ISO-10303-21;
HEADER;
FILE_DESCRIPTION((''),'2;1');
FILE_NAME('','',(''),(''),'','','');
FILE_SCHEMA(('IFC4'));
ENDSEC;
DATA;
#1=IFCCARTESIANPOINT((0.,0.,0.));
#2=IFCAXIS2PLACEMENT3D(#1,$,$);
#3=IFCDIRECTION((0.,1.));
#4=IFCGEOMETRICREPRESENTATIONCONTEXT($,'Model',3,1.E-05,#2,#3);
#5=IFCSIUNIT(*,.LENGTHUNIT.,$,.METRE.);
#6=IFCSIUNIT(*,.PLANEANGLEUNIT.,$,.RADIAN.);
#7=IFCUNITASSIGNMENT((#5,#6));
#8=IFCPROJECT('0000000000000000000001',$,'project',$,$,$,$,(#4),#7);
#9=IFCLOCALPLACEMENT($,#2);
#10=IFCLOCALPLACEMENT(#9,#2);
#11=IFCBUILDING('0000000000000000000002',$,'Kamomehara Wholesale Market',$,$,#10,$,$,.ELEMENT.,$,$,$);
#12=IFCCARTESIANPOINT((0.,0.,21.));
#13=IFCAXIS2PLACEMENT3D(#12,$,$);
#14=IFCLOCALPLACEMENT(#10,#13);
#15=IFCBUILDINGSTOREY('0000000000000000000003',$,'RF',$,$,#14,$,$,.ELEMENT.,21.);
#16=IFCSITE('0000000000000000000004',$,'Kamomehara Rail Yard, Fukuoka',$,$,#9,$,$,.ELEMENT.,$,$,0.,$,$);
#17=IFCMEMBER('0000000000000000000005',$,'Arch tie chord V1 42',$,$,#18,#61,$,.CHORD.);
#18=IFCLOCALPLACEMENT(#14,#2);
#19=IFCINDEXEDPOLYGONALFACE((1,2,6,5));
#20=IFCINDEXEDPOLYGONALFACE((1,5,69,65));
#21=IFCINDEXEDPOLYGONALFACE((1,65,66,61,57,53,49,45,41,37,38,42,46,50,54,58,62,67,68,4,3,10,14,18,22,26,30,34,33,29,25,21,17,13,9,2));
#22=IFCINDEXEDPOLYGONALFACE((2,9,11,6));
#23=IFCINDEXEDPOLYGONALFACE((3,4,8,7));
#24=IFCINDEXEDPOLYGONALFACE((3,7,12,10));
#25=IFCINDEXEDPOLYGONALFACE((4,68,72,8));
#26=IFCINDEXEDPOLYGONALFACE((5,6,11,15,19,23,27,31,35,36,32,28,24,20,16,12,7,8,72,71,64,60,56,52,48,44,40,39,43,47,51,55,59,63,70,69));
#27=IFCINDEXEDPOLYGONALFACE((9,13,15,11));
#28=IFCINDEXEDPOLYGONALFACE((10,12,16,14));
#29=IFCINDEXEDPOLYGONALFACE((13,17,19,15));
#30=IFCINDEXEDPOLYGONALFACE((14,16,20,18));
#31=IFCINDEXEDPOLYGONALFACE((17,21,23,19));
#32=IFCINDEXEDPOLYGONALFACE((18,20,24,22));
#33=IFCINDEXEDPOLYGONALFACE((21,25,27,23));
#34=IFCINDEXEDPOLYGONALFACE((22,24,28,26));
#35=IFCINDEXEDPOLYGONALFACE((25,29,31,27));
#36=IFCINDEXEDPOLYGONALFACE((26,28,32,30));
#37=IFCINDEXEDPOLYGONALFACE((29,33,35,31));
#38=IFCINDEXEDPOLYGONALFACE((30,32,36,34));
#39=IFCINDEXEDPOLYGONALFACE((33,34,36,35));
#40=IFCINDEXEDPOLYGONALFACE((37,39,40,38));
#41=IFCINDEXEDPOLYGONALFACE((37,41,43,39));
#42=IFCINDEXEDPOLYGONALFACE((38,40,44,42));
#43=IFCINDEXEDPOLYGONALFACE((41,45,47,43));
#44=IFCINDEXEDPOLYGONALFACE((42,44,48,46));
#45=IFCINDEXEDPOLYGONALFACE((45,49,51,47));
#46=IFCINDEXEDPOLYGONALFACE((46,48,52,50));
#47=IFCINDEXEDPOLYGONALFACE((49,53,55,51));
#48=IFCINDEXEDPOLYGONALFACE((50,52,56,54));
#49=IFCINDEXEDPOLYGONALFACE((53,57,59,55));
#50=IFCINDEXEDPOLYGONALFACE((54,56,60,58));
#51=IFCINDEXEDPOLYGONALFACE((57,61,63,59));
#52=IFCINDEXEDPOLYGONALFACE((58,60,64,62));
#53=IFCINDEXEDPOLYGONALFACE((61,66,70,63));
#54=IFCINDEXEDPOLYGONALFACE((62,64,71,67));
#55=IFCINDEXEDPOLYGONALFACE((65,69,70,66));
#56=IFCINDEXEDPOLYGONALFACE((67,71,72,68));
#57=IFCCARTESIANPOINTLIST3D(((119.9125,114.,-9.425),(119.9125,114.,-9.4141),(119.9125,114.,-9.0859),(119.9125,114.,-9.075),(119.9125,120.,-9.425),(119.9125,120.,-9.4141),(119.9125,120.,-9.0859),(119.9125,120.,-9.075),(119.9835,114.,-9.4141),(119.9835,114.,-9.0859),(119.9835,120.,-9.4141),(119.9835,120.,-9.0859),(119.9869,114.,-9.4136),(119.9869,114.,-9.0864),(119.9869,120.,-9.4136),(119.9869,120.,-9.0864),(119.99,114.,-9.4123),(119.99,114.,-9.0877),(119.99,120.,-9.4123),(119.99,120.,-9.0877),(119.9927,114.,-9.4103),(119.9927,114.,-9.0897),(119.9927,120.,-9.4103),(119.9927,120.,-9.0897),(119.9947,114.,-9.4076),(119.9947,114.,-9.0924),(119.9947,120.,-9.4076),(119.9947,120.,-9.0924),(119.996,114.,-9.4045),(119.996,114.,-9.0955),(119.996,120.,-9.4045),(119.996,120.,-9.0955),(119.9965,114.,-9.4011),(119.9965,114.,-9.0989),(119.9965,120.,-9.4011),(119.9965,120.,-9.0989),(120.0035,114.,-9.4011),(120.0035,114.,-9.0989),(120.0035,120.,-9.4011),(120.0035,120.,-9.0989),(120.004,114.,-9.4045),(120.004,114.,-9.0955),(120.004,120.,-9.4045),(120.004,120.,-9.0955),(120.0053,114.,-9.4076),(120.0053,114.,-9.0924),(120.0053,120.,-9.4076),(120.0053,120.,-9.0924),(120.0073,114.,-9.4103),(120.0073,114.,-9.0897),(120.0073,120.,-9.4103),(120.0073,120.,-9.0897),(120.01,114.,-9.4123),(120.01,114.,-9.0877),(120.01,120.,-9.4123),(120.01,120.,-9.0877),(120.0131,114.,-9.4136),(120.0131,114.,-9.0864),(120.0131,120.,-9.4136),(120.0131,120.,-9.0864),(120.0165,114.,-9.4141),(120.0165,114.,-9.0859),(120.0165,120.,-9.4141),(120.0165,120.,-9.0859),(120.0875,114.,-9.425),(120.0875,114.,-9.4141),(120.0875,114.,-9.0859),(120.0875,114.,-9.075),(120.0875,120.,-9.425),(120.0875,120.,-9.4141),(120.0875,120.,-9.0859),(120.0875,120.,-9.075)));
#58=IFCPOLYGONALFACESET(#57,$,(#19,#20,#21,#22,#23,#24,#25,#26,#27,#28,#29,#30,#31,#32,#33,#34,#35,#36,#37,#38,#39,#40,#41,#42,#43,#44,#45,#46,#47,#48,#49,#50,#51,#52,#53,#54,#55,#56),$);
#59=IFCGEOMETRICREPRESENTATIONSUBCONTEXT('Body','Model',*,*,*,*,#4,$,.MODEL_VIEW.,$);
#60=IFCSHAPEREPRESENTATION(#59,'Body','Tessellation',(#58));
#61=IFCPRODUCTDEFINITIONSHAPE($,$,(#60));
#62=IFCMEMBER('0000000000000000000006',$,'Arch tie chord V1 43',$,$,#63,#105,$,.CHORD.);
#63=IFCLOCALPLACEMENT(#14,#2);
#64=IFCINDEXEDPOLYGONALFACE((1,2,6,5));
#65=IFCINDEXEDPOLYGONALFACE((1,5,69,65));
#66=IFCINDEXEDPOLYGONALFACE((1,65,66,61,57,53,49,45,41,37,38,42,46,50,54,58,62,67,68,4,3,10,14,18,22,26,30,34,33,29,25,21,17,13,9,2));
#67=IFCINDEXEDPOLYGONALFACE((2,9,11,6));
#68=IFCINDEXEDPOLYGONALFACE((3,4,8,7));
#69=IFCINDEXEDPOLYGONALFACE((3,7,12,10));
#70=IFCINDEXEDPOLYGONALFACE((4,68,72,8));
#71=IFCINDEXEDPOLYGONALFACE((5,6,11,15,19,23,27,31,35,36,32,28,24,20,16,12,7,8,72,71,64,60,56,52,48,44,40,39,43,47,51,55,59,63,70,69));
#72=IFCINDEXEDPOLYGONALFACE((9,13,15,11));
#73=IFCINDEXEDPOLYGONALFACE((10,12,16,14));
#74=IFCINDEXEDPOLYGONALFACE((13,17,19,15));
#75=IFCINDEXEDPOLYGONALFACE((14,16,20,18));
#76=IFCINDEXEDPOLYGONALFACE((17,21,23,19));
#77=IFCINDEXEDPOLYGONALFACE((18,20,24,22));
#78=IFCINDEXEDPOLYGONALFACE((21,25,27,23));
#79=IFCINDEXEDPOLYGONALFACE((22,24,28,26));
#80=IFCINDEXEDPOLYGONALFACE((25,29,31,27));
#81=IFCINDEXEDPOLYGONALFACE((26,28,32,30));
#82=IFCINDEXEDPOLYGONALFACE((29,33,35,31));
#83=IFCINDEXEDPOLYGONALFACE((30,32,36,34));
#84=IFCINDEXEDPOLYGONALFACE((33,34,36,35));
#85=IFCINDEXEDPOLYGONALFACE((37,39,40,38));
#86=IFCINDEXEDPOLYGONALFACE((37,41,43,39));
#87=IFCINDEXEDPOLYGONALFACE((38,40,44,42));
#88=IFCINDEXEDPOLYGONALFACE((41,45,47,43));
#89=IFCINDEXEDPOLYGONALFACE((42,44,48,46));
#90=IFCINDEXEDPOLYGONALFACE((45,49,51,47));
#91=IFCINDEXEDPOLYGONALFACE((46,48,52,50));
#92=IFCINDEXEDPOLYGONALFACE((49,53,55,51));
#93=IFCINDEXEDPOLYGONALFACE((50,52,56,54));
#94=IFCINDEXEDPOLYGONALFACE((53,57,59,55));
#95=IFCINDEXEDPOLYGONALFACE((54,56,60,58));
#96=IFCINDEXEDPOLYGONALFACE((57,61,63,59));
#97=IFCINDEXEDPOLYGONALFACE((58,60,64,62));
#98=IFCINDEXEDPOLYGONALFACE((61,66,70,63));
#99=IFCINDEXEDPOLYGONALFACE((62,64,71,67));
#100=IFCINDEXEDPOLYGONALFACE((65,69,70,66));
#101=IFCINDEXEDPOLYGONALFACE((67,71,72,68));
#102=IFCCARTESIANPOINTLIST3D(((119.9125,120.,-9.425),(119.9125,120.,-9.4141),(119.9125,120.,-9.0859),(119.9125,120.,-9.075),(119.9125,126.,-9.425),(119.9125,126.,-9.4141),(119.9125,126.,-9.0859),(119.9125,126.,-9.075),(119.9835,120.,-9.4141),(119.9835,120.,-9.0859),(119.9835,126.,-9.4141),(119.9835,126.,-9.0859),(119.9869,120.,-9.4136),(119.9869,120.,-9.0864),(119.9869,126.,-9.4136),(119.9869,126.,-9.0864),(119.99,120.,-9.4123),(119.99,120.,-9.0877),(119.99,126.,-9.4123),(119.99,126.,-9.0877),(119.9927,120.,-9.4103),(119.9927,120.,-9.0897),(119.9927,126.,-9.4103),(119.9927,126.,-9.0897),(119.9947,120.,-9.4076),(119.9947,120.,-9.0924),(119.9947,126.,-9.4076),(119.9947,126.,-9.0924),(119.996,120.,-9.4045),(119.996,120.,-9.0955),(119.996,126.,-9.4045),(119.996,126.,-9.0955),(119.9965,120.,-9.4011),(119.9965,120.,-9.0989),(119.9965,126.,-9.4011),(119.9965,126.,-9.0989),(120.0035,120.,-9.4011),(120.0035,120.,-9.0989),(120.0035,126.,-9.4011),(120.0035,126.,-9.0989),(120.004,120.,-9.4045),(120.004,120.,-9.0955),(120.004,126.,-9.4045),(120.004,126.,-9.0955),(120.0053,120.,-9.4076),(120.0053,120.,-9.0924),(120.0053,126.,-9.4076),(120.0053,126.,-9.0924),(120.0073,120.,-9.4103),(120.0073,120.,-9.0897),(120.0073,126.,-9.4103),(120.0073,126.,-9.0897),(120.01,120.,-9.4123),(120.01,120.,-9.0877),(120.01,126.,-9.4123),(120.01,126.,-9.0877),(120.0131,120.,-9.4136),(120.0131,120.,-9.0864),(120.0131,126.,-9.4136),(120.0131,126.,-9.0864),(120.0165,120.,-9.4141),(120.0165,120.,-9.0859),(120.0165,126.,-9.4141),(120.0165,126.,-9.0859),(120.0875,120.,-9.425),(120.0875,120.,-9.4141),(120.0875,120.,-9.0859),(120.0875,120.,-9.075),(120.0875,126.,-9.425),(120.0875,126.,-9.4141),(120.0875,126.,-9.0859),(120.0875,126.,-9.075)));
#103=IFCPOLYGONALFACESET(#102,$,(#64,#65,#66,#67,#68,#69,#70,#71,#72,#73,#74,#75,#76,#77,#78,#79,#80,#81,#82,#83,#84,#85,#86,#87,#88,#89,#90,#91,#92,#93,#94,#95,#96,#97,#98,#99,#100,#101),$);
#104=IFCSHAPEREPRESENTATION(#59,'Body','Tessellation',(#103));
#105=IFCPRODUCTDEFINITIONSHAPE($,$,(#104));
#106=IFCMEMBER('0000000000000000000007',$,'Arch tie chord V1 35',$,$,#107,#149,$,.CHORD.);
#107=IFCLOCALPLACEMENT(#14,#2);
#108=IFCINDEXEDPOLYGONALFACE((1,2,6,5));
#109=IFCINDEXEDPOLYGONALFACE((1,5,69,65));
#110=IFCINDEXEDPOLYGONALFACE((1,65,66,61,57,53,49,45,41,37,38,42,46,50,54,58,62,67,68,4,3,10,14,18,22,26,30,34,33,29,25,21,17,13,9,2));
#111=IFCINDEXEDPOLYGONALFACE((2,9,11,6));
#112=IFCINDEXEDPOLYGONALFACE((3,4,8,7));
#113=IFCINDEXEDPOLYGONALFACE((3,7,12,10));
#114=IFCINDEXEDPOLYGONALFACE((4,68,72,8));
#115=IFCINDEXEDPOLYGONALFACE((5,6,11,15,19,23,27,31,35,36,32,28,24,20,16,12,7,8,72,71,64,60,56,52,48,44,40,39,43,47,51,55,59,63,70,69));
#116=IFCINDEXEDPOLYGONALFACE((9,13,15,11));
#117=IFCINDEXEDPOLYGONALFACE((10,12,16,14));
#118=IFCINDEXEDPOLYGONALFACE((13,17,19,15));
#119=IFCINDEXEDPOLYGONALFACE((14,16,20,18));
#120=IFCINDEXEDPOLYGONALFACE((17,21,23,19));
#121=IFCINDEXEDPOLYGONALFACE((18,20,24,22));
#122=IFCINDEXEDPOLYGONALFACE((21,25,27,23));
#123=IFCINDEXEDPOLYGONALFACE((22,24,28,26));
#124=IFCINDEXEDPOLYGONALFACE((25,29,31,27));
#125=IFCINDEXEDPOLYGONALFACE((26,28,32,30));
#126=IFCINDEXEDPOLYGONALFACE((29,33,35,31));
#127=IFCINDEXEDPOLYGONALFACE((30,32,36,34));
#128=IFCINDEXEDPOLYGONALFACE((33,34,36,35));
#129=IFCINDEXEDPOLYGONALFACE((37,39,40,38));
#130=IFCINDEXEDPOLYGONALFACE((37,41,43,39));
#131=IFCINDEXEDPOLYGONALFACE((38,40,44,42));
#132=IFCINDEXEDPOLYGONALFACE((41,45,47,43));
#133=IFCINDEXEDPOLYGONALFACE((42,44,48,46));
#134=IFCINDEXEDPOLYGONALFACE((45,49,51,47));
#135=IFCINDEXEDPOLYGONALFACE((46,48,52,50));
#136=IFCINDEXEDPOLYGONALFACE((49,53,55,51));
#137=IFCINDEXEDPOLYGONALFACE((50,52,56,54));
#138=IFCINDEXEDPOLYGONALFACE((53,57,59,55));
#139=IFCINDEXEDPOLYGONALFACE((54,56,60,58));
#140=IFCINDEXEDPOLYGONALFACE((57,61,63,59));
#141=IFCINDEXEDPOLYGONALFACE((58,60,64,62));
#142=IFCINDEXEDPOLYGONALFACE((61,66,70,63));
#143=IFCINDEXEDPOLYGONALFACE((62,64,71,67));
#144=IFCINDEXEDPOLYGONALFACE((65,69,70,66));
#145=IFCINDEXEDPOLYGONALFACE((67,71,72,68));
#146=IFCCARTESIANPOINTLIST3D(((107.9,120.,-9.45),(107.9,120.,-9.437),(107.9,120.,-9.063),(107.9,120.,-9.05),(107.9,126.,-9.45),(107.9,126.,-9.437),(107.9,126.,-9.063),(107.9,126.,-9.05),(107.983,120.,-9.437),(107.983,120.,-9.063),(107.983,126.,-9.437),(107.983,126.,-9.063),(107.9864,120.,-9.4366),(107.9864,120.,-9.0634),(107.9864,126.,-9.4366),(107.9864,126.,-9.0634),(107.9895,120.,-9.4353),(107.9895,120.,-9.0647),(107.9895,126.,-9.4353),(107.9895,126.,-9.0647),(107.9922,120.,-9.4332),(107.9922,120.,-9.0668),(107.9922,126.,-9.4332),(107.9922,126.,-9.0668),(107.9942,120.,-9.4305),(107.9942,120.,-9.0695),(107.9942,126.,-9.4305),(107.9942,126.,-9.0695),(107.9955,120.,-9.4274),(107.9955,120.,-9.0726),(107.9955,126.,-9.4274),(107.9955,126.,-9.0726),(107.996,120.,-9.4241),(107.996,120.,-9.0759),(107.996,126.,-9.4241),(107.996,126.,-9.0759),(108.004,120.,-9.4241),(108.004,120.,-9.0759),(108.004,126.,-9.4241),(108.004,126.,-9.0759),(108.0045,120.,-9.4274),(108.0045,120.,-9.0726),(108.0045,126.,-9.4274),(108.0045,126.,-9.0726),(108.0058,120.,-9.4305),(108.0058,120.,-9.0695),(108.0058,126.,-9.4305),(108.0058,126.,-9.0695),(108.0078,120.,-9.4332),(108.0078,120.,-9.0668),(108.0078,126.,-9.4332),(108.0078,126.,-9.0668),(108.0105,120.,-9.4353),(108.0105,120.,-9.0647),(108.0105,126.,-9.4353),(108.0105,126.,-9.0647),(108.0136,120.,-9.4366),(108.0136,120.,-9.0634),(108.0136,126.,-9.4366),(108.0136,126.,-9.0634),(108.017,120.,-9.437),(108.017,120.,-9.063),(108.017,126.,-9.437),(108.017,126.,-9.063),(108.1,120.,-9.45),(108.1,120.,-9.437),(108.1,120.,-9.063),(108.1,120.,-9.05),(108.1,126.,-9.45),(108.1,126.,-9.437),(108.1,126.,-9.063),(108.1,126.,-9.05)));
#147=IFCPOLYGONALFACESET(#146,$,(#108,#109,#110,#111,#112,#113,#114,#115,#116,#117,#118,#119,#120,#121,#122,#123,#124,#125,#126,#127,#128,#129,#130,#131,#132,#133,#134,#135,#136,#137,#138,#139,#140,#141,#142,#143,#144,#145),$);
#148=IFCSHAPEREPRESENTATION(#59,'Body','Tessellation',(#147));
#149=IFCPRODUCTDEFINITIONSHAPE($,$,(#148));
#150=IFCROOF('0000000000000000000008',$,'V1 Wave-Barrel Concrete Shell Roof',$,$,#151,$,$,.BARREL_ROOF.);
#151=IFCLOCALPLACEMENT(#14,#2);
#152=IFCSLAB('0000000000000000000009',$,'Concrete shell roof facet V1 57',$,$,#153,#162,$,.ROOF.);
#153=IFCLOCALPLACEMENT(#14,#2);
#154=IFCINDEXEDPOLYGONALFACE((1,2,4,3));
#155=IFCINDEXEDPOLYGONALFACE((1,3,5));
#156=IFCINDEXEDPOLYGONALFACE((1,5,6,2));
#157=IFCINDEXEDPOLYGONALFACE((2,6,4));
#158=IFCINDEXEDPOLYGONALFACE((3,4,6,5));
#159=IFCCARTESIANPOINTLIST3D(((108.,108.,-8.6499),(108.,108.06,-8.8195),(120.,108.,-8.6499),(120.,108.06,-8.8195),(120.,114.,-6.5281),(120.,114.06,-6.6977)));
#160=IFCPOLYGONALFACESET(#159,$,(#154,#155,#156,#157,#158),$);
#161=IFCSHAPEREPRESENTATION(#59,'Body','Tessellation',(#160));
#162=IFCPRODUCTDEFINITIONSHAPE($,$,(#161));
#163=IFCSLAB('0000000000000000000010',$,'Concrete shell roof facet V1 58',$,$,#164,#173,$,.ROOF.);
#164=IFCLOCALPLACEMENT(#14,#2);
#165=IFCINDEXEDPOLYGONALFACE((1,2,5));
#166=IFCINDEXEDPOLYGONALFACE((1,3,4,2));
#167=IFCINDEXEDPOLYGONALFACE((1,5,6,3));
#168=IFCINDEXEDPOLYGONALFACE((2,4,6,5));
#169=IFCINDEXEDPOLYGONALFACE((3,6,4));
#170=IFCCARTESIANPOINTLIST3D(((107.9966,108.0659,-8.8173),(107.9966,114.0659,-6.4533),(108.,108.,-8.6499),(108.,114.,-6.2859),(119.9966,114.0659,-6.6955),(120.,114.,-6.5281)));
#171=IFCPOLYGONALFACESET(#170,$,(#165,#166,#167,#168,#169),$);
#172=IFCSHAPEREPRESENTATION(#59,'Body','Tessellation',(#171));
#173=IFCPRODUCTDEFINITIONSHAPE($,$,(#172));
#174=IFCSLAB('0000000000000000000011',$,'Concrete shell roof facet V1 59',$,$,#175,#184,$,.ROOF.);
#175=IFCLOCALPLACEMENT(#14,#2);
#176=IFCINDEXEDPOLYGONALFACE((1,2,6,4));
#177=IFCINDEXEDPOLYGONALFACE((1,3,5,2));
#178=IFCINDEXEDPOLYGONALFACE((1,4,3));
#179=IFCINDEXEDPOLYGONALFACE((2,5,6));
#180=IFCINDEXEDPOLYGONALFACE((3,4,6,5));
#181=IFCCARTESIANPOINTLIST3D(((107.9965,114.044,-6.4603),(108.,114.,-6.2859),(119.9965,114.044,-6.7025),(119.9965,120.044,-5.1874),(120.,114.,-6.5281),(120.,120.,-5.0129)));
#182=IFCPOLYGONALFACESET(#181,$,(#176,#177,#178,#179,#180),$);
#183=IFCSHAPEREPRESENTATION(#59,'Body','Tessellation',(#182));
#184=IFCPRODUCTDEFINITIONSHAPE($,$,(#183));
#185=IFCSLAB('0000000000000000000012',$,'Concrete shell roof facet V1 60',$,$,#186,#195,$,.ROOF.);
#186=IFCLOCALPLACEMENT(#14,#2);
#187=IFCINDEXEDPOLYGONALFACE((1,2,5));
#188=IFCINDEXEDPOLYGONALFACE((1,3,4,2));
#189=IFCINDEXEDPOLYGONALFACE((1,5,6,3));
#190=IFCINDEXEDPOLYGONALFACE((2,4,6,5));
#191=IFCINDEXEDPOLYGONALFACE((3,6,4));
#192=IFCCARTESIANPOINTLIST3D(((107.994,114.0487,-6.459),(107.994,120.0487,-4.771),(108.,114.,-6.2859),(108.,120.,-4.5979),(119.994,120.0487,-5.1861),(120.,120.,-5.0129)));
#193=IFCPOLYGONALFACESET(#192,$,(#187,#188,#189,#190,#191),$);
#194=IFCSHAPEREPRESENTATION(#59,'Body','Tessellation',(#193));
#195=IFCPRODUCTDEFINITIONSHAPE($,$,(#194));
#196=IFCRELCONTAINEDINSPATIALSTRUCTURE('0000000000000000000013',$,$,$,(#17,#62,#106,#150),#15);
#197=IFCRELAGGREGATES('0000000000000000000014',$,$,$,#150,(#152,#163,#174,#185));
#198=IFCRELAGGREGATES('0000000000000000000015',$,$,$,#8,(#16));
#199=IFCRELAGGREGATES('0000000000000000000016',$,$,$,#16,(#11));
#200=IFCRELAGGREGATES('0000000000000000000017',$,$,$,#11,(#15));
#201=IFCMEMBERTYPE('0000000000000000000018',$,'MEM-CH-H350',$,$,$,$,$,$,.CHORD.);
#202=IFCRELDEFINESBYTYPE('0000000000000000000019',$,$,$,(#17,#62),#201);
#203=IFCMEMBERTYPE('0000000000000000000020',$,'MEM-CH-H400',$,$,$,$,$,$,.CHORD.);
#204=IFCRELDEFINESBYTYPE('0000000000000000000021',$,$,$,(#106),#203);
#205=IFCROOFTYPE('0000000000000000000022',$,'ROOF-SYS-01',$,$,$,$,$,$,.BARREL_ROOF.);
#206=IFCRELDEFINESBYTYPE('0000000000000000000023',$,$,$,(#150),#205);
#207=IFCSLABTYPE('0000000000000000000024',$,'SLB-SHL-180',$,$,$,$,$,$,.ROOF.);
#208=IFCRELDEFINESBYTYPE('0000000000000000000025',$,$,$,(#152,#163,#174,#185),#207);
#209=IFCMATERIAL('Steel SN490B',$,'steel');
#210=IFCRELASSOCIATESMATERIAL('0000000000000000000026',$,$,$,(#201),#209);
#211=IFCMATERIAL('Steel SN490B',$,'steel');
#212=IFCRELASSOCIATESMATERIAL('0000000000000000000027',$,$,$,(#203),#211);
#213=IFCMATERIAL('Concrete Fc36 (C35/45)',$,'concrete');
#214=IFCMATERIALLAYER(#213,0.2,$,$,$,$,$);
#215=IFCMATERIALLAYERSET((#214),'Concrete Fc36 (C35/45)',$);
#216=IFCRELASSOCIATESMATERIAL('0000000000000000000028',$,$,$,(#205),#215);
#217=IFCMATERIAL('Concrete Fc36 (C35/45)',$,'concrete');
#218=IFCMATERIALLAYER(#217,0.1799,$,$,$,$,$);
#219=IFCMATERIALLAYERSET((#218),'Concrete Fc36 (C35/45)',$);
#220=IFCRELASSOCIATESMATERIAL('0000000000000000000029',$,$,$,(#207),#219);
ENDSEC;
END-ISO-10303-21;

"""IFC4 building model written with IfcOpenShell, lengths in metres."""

from ifc_helpers import new_model, si_unit, direction, frame, origin, origin_2d, place, context, subcontext, project, spatial, polyline, i_section, outline, extrude, material, layer, layer_set, material_profile, profile_set, type_object, element, aggregate, save


model = new_model("IFC4")

# Units and contexts
model_context = context("Model", 3, precision=1e-05, world=origin(), true_north=direction((0.0, 1.0)))
body_context = subcontext(model_context, "Body", "Model", "MODEL_VIEW")
ifc_project = project(units=[si_unit("LENGTHUNIT", "METRE"), si_unit("PLANEANGLEUNIT", "RADIAN")], contexts=[model_context])

# Site, building, storey
site_placement = place(None, origin())
site = spatial("IfcSite", under=ifc_project, at=site_placement, Name="Kamomehara Rail Yard, Fukuoka", CompositionType="ELEMENT", RefElevation=0.0)
building_placement = place(site_placement, origin())
building = spatial("IfcBuilding", under=site, at=building_placement, Name="Kamomehara Wholesale Market", CompositionType="ELEMENT")
storey_placement = place(building_placement, frame((0.0, 0.0, 21.0)))
storey = spatial("IfcBuildingStorey", under=building, at=storey_placement, Name="RF", CompositionType="ELEMENT", Elevation=21.0)

# Members
ifc_material_1 = material(Name="Steel SN490B", Category="steel")
ifc_material_profile_1 = material_profile(ifc_material_1, i_section(OverallWidth=0.175, OverallDepth=0.3501, WebThickness=0.0071, FlangeThickness=0.011, FilletRadius=0.0129, at=origin_2d()), Name="H-350x175x7x11")
ifc_profile_set_1 = profile_set([ifc_material_profile_1], Name="Steel SN490B")
member_type_1 = type_object("IfcMemberType", Name="MEM-CH-H350", PredefinedType="CHORD", material=ifc_profile_set_1)
for number, where, z_axis, x_axis, name in (
    (1, (120.0, 114.0, -9.25), (0.0, 1.0, 0.0), (-1.0, 0.0, 0.0), "Arch tie chord V1 42"),
    (2, (120.0, 120.0, -9.25), (0.0, 1.0, 0.0), (-1.0, 0.0, 0.0), "Arch tie chord V1 43"),
):
    element("IfcMember", number, at=place(storey_placement, frame(where, z_axis=z_axis, x_axis=x_axis)), inside=storey, type_object=member_type_1, Name=name, PredefinedType="CHORD", context=body_context, shape_type="SweptSolid", body=[
        extrude(i_section(OverallWidth=0.175, OverallDepth=0.3501, WebThickness=0.0071, FlangeThickness=0.011, FilletRadius=0.0129, at=origin_2d()), origin(), (0.0, 0.0, 1.0), 6.0),
    ])
ifc_material_2 = material(Name="Steel SN490B", Category="steel")
ifc_material_profile_2 = material_profile(ifc_material_2, i_section(OverallWidth=0.2, OverallDepth=0.3999, WebThickness=0.0081, FlangeThickness=0.0129, FilletRadius=0.0129, at=origin_2d()), Name="H-400x200x8x13")
ifc_profile_set_2 = profile_set([ifc_material_profile_2], Name="Steel SN490B")
member_type_2 = type_object("IfcMemberType", Name="MEM-CH-H400", PredefinedType="CHORD", material=ifc_profile_set_2)
member_1_placement = place(storey_placement, frame((108.0, 120.0, -9.25), z_axis=(0.0, 1.0, 0.0), x_axis=(-1.0, 0.0, 0.0)))
element("IfcMember", 3, at=member_1_placement, inside=storey, type_object=member_type_2, Name="Arch tie chord V1 35", PredefinedType="CHORD", context=body_context, shape_type="SweptSolid", body=[
    extrude(i_section(OverallWidth=0.2, OverallDepth=0.3999, WebThickness=0.0081, FlangeThickness=0.0129, FilletRadius=0.0129, at=origin_2d()), origin(), (0.0, 0.0, 1.0), 6.0),
])

# Roof, slabs
ifc_material_3 = material(Name="Concrete Fc36 (C35/45)", Category="concrete")
ifc_layer_1 = layer(ifc_material_3, 0.2)
ifc_layer_set_1 = layer_set([ifc_layer_1], Name="Concrete Fc36 (C35/45)")
roof_type = type_object("IfcRoofType", Name="ROOF-SYS-01", PredefinedType="BARREL_ROOF", material=ifc_layer_set_1)
roof_placement = place(storey_placement, origin())
roof = element("IfcRoof", 4, at=roof_placement, inside=storey, type_object=roof_type, Name="V1 Wave-Barrel Concrete Shell Roof", PredefinedType="BARREL_ROOF")
ifc_material_4 = material(Name="Concrete Fc36 (C35/45)", Category="concrete")
ifc_layer_2 = layer(ifc_material_4, 0.1799)
ifc_layer_set_2 = layer_set([ifc_layer_2], Name="Concrete Fc36 (C35/45)")
slab_type_1 = type_object("IfcSlabType", Name="SLB-SHL-180", PredefinedType="ROOF", material=ifc_layer_set_2)
slab_1_placement = place(storey_placement, frame((108.0, 108.0, -8.6499), z_axis=(0.0, -0.333404, 0.942784), x_axis=(1.0, 0.0, 0.0)))
slab_1 = element("IfcSlab", 5, at=slab_1_placement, type_object=slab_type_1, Name="Concrete shell roof facet V1 57", PredefinedType="ROOF", context=body_context, shape_type="SweptSolid", body=[
    extrude(outline(polyline([(0.0, 0.0), (12.0, 0.0), (12.0, 6.3641), (0.0, 0.0)])), origin(), (0.0, 0.0, -1.0), 0.1799),
])
slab_2_placement = place(storey_placement, frame((108.0, 108.0, -8.6499), z_axis=(0.018774, -0.366511, 0.930224), x_axis=(0.883447, 0.441724, 0.15621)))
slab_2 = element("IfcSlab", 6, at=slab_2_placement, type_object=slab_type_1, Name="Concrete shell roof facet V1 58", PredefinedType="ROOF", context=body_context, shape_type="SweptSolid", body=[
    extrude(outline(polyline([(0.0, 0.0), (13.5832, 0.0), (3.0196, 5.6983), (0.0, 0.0)])), origin(), (0.0, 0.0, -1.0), 0.1799),
])
slab_3_placement = place(storey_placement, frame((108.0, 114.0, -6.2859), z_axis=(0.019564, -0.24479, 0.969379), x_axis=(0.999796, 0.0, -0.020178)))
slab_3 = element("IfcSlab", 7, at=slab_3_placement, type_object=slab_type_1, Name="Concrete shell roof facet V1 59", PredefinedType="ROOF", context=body_context, shape_type="SweptSolid", body=[
    extrude(outline(polyline([(0.0, 0.0), (12.0024, 0.0), (11.9719, 6.1883), (0.0, 0.0)])), origin(), (0.0, 0.0, -1.0), 0.1799),
])
slab_4_placement = place(storey_placement, frame((108.0, 114.0, -6.2859), z_axis=(0.033276, -0.270668, 0.962097), x_axis=(0.890428, 0.445214, 0.094456)))
slab_4 = element("IfcSlab", 8, at=slab_4_placement, type_object=slab_type_1, Name="Concrete shell roof facet V1 60", PredefinedType="ROOF", context=body_context, shape_type="SweptSolid", body=[
    extrude(outline(polyline([(0.0, 0.0), (13.4767, 0.0), (2.8307, 5.553), (0.0, 0.0)])), origin(), (0.0, 0.0, -1.0), 0.1799),
])
aggregate(roof, [slab_1, slab_2, slab_3, slab_4])

save(model, "model.ifc")
